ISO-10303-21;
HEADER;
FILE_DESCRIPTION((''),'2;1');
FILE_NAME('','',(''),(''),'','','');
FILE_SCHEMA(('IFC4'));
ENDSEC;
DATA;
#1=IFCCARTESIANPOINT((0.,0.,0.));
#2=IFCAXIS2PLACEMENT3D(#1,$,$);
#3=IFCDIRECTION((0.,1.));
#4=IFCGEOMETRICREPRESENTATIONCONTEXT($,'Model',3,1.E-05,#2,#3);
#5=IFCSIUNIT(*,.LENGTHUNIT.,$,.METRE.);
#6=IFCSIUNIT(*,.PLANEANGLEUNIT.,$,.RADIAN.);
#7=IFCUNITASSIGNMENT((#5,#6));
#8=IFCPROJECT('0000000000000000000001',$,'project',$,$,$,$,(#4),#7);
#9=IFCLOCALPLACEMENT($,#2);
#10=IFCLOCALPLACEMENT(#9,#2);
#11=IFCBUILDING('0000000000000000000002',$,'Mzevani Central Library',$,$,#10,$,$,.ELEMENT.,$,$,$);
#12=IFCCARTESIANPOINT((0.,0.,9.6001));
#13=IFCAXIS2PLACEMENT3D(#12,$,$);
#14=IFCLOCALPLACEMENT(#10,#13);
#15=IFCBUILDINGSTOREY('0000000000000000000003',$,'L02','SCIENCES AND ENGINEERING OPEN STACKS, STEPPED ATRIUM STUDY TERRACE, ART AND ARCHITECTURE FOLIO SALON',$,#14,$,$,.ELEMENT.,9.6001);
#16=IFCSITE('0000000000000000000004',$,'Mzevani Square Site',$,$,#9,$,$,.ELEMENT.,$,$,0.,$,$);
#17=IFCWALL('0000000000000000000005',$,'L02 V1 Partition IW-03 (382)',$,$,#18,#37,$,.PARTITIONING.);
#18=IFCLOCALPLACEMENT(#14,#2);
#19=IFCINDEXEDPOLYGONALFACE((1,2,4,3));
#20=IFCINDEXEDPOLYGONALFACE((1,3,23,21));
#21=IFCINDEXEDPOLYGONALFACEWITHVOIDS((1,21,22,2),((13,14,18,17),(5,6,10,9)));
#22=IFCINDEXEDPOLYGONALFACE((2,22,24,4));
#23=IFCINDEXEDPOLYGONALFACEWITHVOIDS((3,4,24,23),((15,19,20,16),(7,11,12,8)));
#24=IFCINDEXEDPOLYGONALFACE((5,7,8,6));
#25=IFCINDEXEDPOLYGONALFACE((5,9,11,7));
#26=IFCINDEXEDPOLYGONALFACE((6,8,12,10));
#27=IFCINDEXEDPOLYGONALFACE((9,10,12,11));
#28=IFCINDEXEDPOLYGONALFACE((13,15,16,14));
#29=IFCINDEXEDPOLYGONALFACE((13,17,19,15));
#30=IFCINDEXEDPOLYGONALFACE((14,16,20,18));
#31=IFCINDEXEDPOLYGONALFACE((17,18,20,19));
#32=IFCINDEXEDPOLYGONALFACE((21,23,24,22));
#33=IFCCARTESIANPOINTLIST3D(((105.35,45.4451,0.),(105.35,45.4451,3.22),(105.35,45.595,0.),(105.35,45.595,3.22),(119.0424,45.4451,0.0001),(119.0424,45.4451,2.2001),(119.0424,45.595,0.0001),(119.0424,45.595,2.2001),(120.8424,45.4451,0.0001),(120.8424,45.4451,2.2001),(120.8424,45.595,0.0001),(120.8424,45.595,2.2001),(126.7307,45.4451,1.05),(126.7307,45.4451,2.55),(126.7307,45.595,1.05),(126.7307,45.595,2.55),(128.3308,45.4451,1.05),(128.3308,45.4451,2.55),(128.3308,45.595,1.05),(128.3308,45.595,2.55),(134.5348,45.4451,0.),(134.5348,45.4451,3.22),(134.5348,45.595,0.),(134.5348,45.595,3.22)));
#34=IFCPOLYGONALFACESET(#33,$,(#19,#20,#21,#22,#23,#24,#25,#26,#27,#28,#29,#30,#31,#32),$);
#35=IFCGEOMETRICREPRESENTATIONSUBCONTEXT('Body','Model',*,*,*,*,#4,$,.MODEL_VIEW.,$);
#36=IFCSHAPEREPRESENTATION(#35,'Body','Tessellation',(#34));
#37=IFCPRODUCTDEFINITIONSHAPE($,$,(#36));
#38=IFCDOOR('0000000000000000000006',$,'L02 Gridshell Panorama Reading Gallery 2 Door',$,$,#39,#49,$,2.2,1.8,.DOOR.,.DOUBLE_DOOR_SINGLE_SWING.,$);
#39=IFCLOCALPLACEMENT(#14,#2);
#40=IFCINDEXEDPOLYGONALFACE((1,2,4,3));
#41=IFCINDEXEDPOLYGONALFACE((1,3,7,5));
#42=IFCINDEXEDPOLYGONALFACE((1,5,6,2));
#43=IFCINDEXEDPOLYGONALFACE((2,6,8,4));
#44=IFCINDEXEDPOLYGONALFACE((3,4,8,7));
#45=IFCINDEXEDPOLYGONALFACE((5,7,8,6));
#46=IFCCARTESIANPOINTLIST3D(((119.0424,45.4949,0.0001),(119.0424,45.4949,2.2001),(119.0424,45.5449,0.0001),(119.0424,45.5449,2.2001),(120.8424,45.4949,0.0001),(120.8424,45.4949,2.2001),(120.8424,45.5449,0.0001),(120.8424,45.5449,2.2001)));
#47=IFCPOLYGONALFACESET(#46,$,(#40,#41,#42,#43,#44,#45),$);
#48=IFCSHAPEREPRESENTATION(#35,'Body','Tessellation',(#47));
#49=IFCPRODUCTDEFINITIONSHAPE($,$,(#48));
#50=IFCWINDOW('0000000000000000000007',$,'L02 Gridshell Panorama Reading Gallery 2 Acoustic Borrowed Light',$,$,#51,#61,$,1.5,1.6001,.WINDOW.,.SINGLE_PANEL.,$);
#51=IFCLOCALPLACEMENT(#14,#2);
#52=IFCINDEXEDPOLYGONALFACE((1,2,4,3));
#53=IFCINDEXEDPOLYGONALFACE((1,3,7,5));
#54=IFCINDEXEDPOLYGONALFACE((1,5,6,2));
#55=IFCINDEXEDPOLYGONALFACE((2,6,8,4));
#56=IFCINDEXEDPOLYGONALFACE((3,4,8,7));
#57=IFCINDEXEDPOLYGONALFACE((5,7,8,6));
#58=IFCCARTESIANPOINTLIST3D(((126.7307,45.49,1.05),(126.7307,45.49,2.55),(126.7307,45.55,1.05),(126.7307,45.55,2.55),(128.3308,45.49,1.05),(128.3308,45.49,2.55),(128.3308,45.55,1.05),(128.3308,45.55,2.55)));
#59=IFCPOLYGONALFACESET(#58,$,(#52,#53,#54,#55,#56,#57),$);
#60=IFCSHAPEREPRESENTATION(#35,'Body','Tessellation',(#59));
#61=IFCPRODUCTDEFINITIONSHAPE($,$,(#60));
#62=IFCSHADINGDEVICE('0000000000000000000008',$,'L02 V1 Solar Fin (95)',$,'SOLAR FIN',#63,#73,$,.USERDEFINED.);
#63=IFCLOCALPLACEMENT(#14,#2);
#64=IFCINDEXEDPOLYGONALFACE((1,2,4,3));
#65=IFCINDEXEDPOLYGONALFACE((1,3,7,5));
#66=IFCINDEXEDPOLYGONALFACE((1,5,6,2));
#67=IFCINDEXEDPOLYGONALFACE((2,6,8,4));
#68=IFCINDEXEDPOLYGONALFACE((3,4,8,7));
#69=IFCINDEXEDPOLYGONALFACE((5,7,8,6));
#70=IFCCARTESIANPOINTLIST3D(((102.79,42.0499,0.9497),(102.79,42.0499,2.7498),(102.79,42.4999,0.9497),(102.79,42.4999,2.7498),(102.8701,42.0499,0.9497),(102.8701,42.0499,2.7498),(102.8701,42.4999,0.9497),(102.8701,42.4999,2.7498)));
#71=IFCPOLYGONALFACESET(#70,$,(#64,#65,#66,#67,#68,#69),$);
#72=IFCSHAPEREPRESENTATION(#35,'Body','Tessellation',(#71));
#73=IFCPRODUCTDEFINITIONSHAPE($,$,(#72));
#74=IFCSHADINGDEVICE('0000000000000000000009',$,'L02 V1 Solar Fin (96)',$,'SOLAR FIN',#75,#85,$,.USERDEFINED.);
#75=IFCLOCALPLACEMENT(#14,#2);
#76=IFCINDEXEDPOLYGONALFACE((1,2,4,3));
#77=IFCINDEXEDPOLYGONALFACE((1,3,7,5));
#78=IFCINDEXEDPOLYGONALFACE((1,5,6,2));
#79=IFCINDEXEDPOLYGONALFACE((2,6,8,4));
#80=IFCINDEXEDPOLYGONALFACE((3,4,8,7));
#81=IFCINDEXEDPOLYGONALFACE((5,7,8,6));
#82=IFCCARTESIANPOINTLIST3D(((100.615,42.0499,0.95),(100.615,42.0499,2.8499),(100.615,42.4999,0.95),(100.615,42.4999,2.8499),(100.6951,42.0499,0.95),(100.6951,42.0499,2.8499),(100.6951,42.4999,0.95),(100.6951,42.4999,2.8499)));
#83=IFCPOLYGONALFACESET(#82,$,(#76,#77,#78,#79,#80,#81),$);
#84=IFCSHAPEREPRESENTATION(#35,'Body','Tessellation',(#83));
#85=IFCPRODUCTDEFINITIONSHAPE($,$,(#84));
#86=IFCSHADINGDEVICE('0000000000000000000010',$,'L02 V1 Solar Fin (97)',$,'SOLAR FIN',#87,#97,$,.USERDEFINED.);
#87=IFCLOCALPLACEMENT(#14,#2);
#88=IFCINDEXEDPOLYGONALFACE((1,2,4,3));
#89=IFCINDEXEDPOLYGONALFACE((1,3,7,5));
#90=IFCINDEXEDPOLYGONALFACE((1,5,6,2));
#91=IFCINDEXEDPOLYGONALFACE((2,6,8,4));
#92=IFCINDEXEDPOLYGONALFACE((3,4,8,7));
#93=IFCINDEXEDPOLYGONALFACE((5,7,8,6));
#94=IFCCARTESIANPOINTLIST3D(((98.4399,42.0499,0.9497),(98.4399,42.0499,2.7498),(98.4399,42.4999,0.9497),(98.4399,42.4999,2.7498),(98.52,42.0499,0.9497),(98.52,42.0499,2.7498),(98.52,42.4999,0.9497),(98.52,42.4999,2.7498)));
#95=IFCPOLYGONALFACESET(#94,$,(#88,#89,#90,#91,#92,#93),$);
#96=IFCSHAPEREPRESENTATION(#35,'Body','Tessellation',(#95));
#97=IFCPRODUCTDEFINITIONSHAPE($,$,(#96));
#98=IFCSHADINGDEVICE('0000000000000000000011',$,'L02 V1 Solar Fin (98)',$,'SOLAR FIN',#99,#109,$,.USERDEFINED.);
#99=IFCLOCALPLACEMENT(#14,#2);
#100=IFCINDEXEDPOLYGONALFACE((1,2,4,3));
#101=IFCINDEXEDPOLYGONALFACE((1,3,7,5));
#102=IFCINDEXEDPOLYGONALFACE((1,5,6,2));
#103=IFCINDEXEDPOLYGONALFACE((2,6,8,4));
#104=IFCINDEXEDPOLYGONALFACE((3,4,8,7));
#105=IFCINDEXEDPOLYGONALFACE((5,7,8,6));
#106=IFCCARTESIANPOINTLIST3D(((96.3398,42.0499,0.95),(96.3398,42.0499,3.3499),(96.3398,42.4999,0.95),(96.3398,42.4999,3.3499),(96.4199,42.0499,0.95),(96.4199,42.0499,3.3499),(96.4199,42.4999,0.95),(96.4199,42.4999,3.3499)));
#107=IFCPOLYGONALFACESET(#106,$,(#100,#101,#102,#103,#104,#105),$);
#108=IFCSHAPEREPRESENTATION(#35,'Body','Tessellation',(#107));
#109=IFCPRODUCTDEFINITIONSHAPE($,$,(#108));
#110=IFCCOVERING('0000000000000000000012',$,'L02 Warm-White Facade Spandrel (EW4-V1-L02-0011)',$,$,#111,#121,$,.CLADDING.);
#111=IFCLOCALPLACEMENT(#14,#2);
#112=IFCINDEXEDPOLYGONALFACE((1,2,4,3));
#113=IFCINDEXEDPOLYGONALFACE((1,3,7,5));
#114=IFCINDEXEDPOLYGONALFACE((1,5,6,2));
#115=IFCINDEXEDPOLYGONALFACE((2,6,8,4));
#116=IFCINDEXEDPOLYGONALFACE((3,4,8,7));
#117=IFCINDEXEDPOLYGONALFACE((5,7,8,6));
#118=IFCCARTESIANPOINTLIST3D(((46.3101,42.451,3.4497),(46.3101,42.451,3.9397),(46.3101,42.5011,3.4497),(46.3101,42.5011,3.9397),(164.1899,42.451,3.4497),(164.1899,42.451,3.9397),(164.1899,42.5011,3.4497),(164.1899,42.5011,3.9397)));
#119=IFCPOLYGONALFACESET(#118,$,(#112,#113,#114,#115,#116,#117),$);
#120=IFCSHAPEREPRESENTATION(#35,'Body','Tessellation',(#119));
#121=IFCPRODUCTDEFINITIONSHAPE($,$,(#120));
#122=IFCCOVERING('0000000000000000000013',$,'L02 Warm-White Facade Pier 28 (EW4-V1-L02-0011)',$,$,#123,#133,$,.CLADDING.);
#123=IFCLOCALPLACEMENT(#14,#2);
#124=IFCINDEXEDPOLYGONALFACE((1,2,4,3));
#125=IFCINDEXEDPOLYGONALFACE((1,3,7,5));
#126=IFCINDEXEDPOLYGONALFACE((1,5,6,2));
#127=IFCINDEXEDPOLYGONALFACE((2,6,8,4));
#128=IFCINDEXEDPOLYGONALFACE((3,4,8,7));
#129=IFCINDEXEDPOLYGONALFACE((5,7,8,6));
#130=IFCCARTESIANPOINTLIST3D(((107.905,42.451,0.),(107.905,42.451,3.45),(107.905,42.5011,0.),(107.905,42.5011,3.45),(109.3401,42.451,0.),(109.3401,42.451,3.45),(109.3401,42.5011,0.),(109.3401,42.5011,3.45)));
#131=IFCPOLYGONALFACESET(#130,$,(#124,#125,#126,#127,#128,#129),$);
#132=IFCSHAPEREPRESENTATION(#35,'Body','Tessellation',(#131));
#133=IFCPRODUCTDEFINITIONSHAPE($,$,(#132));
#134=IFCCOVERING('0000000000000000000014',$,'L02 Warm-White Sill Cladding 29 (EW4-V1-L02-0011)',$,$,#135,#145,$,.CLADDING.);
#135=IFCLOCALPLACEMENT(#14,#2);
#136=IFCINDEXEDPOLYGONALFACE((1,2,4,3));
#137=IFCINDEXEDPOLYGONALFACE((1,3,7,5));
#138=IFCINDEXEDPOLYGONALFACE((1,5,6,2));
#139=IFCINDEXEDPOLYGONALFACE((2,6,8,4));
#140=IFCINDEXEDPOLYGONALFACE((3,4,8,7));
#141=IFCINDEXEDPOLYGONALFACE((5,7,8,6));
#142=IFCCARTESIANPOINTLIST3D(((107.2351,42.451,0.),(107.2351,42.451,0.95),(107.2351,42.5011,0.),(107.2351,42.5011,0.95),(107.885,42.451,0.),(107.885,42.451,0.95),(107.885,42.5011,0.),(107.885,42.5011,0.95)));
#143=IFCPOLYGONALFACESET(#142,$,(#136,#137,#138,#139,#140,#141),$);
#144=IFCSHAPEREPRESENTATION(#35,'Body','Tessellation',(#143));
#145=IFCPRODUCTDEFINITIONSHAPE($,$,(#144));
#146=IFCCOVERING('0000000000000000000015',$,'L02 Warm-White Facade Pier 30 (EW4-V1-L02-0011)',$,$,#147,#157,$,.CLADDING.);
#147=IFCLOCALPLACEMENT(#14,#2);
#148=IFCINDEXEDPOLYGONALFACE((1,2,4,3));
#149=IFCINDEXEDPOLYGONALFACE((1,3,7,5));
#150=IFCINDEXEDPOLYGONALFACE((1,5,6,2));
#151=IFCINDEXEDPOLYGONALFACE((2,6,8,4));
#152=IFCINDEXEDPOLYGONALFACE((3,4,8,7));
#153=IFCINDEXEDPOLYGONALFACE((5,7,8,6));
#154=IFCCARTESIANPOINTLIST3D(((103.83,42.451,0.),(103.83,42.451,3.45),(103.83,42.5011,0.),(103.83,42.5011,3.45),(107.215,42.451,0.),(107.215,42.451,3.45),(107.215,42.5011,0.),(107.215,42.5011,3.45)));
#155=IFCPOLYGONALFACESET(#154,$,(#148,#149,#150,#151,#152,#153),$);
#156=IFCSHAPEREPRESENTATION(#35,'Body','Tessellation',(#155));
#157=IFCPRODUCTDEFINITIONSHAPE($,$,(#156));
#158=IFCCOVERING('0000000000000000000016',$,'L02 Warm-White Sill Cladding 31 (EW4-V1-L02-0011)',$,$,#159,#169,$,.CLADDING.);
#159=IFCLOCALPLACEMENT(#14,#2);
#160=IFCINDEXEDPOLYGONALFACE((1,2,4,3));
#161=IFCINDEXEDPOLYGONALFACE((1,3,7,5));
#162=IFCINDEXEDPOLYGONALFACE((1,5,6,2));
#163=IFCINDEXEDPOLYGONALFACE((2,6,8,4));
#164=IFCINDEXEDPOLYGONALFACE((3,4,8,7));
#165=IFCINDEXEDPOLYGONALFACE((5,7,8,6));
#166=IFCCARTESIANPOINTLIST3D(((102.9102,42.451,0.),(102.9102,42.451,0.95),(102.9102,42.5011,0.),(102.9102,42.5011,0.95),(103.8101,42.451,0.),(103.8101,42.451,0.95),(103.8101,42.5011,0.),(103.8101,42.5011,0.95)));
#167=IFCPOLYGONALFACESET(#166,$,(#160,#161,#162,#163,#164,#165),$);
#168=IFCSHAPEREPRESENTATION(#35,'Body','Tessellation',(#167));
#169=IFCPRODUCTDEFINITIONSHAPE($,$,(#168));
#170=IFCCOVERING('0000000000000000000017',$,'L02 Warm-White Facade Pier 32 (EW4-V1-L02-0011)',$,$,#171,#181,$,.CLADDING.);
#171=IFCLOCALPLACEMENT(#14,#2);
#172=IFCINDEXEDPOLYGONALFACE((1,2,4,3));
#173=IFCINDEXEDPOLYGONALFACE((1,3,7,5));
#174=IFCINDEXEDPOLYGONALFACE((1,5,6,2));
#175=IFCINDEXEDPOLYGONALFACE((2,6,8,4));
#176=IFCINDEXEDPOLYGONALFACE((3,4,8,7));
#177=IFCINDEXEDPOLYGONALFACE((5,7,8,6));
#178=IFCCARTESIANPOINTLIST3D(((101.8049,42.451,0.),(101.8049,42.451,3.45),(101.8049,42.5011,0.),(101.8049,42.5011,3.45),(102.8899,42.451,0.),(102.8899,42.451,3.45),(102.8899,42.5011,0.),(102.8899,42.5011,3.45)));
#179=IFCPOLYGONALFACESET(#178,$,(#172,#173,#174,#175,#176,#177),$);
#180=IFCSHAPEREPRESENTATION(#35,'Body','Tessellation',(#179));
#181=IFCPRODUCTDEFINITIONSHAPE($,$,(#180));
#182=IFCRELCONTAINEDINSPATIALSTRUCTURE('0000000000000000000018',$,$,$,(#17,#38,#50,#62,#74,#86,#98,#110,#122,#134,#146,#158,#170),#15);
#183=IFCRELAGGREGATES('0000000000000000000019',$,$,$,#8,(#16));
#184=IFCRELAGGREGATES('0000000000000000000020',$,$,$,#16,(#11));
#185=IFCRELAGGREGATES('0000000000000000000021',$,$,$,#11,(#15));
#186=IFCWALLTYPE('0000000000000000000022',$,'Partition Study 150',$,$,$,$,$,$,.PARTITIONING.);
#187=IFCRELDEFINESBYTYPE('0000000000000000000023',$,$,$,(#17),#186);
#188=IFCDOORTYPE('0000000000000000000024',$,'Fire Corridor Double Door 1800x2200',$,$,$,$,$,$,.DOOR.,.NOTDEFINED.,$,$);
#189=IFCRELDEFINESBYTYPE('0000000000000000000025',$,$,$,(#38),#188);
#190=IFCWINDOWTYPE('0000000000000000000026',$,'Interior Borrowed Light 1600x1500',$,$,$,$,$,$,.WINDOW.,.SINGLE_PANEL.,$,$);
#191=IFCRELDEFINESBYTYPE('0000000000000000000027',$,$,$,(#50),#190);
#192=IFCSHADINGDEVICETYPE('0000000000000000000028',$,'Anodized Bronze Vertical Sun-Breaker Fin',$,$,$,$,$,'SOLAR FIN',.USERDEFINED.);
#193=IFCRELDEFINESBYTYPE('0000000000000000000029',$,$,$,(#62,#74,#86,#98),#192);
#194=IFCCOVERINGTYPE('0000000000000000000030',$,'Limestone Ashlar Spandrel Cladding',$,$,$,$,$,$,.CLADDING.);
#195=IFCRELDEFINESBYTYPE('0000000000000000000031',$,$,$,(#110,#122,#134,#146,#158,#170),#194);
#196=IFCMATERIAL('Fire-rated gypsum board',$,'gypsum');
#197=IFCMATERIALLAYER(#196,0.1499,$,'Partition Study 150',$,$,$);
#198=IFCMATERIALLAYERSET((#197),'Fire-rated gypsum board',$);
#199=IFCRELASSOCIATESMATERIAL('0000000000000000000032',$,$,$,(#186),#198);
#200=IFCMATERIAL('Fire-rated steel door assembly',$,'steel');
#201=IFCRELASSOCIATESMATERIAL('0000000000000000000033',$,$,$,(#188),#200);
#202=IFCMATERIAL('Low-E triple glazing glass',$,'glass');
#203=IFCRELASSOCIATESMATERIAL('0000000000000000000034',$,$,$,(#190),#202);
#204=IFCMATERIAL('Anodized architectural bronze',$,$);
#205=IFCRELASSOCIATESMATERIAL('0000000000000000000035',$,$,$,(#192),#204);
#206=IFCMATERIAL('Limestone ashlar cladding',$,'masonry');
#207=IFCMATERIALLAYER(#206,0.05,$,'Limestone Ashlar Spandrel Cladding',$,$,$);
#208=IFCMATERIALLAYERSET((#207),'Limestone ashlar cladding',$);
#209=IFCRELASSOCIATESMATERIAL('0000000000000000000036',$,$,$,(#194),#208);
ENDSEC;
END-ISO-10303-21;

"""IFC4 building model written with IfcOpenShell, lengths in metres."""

from ifc_helpers import new_model, si_unit, direction, frame, frame_2d, origin, origin_2d, place, context, subcontext, project, spatial, rectangle, extrude, material, layer, layer_set, type_object, element, fill, save


model = new_model("IFC4")

# Units and contexts
model_context = context("Model", 3, precision=1e-05, world=origin(), true_north=direction((0.0, 1.0)))
body_context = subcontext(model_context, "Body", "Model", "MODEL_VIEW")
ifc_project = project(units=[si_unit("LENGTHUNIT", "METRE"), si_unit("PLANEANGLEUNIT", "RADIAN")], contexts=[model_context])

# Site, building, storey
site_placement = place(None, origin())
site = spatial("IfcSite", under=ifc_project, at=site_placement, Name="Mzevani Square Site", CompositionType="ELEMENT", RefElevation=0.0)
building_placement = place(site_placement, origin())
building = spatial("IfcBuilding", under=site, at=building_placement, Name="Mzevani Central Library", CompositionType="ELEMENT")
storey_placement = place(building_placement, frame((0.0, 0.0, 9.6001)))
storey = spatial("IfcBuildingStorey", under=building, at=storey_placement, Name="L02", Description="SCIENCES AND ENGINEERING OPEN STACKS, STEPPED ATRIUM STUDY TERRACE, ART AND ARCHITECTURE FOLIO SALON", CompositionType="ELEMENT", Elevation=9.6001)

# Shared definitions
ifc_material_1 = material(Name="Fire-rated gypsum board", Category="gypsum")

# Shared definitions
ifc_layer_1 = layer(ifc_material_1, 0.1499, Name="Partition Study 150")
ifc_layer_set_1 = layer_set([ifc_layer_1], Name="Fire-rated gypsum board")
wall_type_1 = type_object("IfcWallType", Name="Partition Study 150", PredefinedType="PARTITIONING", material=ifc_layer_set_1)
ifc_material_2 = material(Name="Fire-rated steel door assembly", Category="steel")
door_type = type_object("IfcDoorType", Name="Fire Corridor Double Door 1800x2200", OperationType="NOTDEFINED", PredefinedType="DOOR", material=ifc_material_2)
ifc_material_3 = material(Name="Low-E triple glazing glass", Category="glass")
window_type = type_object("IfcWindowType", Name="Interior Borrowed Light 1600x1500", PartitioningType="SINGLE_PANEL", PredefinedType="WINDOW", material=ifc_material_3)

# Wall, openings, door, window
wall_1_placement = place(storey_placement, frame((105.3501, 45.52, 0.0), z_axis=(0.0, 0.0, 1.0), x_axis=(1.0, 0.0, 0.0)))
wall_1 = element("IfcWall", 1, at=wall_1_placement, inside=storey, type_object=wall_type_1, Name="L02 V1 Partition IW-03 (382)", PredefinedType="PARTITIONING", context=body_context, shape_type="SweptSolid", body=[
    extrude(rectangle(XDim=29.1848, YDim=0.1499, at=frame_2d((14.5923, 0.0))), origin(), (0.0, 0.0, 1.0), 3.22),
])
opening_1_placement = place(wall_1_placement, frame((13.6924, 0.0, 0.0)))
opening_1 = element("IfcOpeningElement", 2, at=opening_1_placement, cuts=wall_1, PredefinedType="OPENING", context=body_context, shape_type="SweptSolid", body=[
    extrude(rectangle(XDim=1.8, YDim=2.2, at=frame_2d((0.8999, 1.1001))), frame((0.0, 0.085, 0.0), z_axis=(0.0, -1.0, 0.0), x_axis=(1.0, 0.0, 0.0)), (0.0, 0.0, 1.0), 0.1699),
])
opening_2_placement = place(wall_1_placement, frame((21.3806, 0.0, 1.05)))
opening_2 = element("IfcOpeningElement", 3, at=opening_2_placement, cuts=wall_1, PredefinedType="OPENING", context=body_context, shape_type="SweptSolid", body=[
    extrude(rectangle(XDim=1.6001, YDim=1.5, at=frame_2d((0.8, 0.75))), frame((0.0, 0.085, 0.0), z_axis=(0.0, -1.0, 0.0), x_axis=(1.0, 0.0, 0.0)), (0.0, 0.0, 1.0), 0.1699),
])
door_1_placement = place(opening_1_placement, origin())
door_1 = element("IfcDoor", 4, at=door_1_placement, inside=storey, type_object=door_type, Name="L02 Gridshell Panorama Reading Gallery 2 Door", OperationType="DOUBLE_DOOR_SINGLE_SWING", OverallHeight=2.2, OverallWidth=1.8, PredefinedType="DOOR", context=body_context, shape_type="SweptSolid", body=[
    extrude(rectangle(XDim=1.8, YDim=2.2, at=frame_2d((0.8999, 1.1001))), frame((0.0, 0.0249, 0.0), z_axis=(0.0, -1.0, 0.0), x_axis=(1.0, 0.0, 0.0)), (0.0, 0.0, 1.0), 0.05),
])
fill(opening_1, door_1)
window_1_placement = place(opening_2_placement, origin())
window_1 = element("IfcWindow", 5, at=window_1_placement, inside=storey, type_object=window_type, Name="L02 Gridshell Panorama Reading Gallery 2 Acoustic Borrowed Light", OverallHeight=1.5, OverallWidth=1.6001, PartitioningType="SINGLE_PANEL", PredefinedType="WINDOW", context=body_context, shape_type="SweptSolid", body=[
    extrude(rectangle(XDim=1.6001, YDim=1.5, at=frame_2d((0.8, 0.75))), frame((0.0, 0.03, 0.0), z_axis=(0.0, -1.0, 0.0), x_axis=(1.0, 0.0, 0.0)), (0.0, 0.0, 1.0), 0.0601),
])
fill(opening_2, window_1)

# Shading devices
ifc_material_4 = material(Name="Anodized architectural bronze")
shading_device_type = type_object("IfcShadingDeviceType", Name="Anodized Bronze Vertical Sun-Breaker Fin", ElementType="SOLAR FIN", PredefinedType="USERDEFINED", material=ifc_material_4)
shading_device_1_placement = place(storey_placement, frame((102.8301, 42.2749, 0.9497), z_axis=(0.0, 0.0, 1.0), x_axis=(-1.0, 0.0, 0.0)))
element("IfcShadingDevice", 6, at=shading_device_1_placement, inside=storey, type_object=shading_device_type, Name="L02 V1 Solar Fin (95)", ObjectType="SOLAR FIN", PredefinedType="USERDEFINED", context=body_context, shape_type="SweptSolid", body=[
    extrude(rectangle(XDim=0.0801, YDim=0.45, at=origin_2d()), origin(), (0.0, 0.0, 1.0), 1.8),
])
shading_device_2_placement = place(storey_placement, frame((100.655, 42.2749, 0.95), z_axis=(0.0, 0.0, 1.0), x_axis=(-1.0, 0.0, 0.0)))
element("IfcShadingDevice", 7, at=shading_device_2_placement, inside=storey, type_object=shading_device_type, Name="L02 V1 Solar Fin (96)", ObjectType="SOLAR FIN", PredefinedType="USERDEFINED", context=body_context, shape_type="SweptSolid", body=[
    extrude(rectangle(XDim=0.0801, YDim=0.45, at=origin_2d()), origin(), (0.0, 0.0, 1.0), 1.8999),
])
shading_device_3_placement = place(storey_placement, frame((98.48, 42.2749, 0.9497), z_axis=(0.0, 0.0, 1.0), x_axis=(-1.0, 0.0, 0.0)))
element("IfcShadingDevice", 8, at=shading_device_3_placement, inside=storey, type_object=shading_device_type, Name="L02 V1 Solar Fin (97)", ObjectType="SOLAR FIN", PredefinedType="USERDEFINED", context=body_context, shape_type="SweptSolid", body=[
    extrude(rectangle(XDim=0.0801, YDim=0.45, at=origin_2d()), origin(), (0.0, 0.0, 1.0), 1.8),
])
shading_device_4_placement = place(storey_placement, frame((96.3799, 42.2749, 0.95), z_axis=(0.0, 0.0, 1.0), x_axis=(-1.0, 0.0, 0.0)))
element("IfcShadingDevice", 9, at=shading_device_4_placement, inside=storey, type_object=shading_device_type, Name="L02 V1 Solar Fin (98)", ObjectType="SOLAR FIN", PredefinedType="USERDEFINED", context=body_context, shape_type="SweptSolid", body=[
    extrude(rectangle(XDim=0.0801, YDim=0.45, at=origin_2d()), origin(), (0.0, 0.0, 1.0), 2.3999),
])

# Coverings
ifc_material_5 = material(Name="Limestone ashlar cladding", Category="masonry")
ifc_layer_2 = layer(ifc_material_5, 0.05, Name="Limestone Ashlar Spandrel Cladding")
ifc_layer_set_2 = layer_set([ifc_layer_2], Name="Limestone ashlar cladding")
covering_type = type_object("IfcCoveringType", Name="Limestone Ashlar Spandrel Cladding", PredefinedType="CLADDING", material=ifc_layer_set_2)
covering_1_placement = place(storey_placement, frame((105.25, 42.4761, 3.4497), z_axis=(0.0, 0.0, 1.0), x_axis=(-1.0, 0.0, 0.0)))
element("IfcCovering", 10, at=covering_1_placement, inside=storey, type_object=covering_type, Name="L02 Warm-White Facade Spandrel (EW4-V1-L02-0011)", PredefinedType="CLADDING", context=body_context, shape_type="SweptSolid", body=[
    extrude(rectangle(XDim=117.8799, YDim=0.05, at=origin_2d()), origin(), (0.0, 0.0, 1.0), 0.49),
])
covering_2_placement = place(storey_placement, frame((108.6226, 42.4761, 0.0), z_axis=(0.0, 0.0, 1.0), x_axis=(-1.0, 0.0, 0.0)))
element("IfcCovering", 11, at=covering_2_placement, inside=storey, type_object=covering_type, Name="L02 Warm-White Facade Pier 28 (EW4-V1-L02-0011)", PredefinedType="CLADDING", context=body_context, shape_type="SweptSolid", body=[
    extrude(rectangle(XDim=1.4351, YDim=0.05, at=origin_2d()), origin(), (0.0, 0.0, 1.0), 3.45),
])
covering_3_placement = place(storey_placement, frame((107.5601, 42.4761, 0.0), z_axis=(0.0, 0.0, 1.0), x_axis=(-1.0, 0.0, 0.0)))
element("IfcCovering", 12, at=covering_3_placement, inside=storey, type_object=covering_type, Name="L02 Warm-White Sill Cladding 29 (EW4-V1-L02-0011)", PredefinedType="CLADDING", context=body_context, shape_type="SweptSolid", body=[
    extrude(rectangle(XDim=0.6499, YDim=0.05, at=origin_2d()), origin(), (0.0, 0.0, 1.0), 0.95),
])
covering_4_placement = place(storey_placement, frame((105.5225, 42.4761, 0.0), z_axis=(0.0, 0.0, 1.0), x_axis=(-1.0, 0.0, 0.0)))
element("IfcCovering", 13, at=covering_4_placement, inside=storey, type_object=covering_type, Name="L02 Warm-White Facade Pier 30 (EW4-V1-L02-0011)", PredefinedType="CLADDING", context=body_context, shape_type="SweptSolid", body=[
    extrude(rectangle(XDim=3.385, YDim=0.05, at=origin_2d()), origin(), (0.0, 0.0, 1.0), 3.45),
])
covering_5_placement = place(storey_placement, frame((103.3601, 42.4761, 0.0), z_axis=(0.0, 0.0, 1.0), x_axis=(-1.0, 0.0, 0.0)))
element("IfcCovering", 14, at=covering_5_placement, inside=storey, type_object=covering_type, Name="L02 Warm-White Sill Cladding 31 (EW4-V1-L02-0011)", PredefinedType="CLADDING", context=body_context, shape_type="SweptSolid", body=[
    extrude(rectangle(XDim=0.8999, YDim=0.05, at=origin_2d()), origin(), (0.0, 0.0, 1.0), 0.95),
])
covering_6_placement = place(storey_placement, frame((102.3474, 42.4761, 0.0), z_axis=(0.0, 0.0, 1.0), x_axis=(-1.0, 0.0, 0.0)))
element("IfcCovering", 15, at=covering_6_placement, inside=storey, type_object=covering_type, Name="L02 Warm-White Facade Pier 32 (EW4-V1-L02-0011)", PredefinedType="CLADDING", context=body_context, shape_type="SweptSolid", body=[
    extrude(rectangle(XDim=1.085, YDim=0.05, at=origin_2d()), origin(), (0.0, 0.0, 1.0), 3.45),
])

save(model, "model.ifc")
